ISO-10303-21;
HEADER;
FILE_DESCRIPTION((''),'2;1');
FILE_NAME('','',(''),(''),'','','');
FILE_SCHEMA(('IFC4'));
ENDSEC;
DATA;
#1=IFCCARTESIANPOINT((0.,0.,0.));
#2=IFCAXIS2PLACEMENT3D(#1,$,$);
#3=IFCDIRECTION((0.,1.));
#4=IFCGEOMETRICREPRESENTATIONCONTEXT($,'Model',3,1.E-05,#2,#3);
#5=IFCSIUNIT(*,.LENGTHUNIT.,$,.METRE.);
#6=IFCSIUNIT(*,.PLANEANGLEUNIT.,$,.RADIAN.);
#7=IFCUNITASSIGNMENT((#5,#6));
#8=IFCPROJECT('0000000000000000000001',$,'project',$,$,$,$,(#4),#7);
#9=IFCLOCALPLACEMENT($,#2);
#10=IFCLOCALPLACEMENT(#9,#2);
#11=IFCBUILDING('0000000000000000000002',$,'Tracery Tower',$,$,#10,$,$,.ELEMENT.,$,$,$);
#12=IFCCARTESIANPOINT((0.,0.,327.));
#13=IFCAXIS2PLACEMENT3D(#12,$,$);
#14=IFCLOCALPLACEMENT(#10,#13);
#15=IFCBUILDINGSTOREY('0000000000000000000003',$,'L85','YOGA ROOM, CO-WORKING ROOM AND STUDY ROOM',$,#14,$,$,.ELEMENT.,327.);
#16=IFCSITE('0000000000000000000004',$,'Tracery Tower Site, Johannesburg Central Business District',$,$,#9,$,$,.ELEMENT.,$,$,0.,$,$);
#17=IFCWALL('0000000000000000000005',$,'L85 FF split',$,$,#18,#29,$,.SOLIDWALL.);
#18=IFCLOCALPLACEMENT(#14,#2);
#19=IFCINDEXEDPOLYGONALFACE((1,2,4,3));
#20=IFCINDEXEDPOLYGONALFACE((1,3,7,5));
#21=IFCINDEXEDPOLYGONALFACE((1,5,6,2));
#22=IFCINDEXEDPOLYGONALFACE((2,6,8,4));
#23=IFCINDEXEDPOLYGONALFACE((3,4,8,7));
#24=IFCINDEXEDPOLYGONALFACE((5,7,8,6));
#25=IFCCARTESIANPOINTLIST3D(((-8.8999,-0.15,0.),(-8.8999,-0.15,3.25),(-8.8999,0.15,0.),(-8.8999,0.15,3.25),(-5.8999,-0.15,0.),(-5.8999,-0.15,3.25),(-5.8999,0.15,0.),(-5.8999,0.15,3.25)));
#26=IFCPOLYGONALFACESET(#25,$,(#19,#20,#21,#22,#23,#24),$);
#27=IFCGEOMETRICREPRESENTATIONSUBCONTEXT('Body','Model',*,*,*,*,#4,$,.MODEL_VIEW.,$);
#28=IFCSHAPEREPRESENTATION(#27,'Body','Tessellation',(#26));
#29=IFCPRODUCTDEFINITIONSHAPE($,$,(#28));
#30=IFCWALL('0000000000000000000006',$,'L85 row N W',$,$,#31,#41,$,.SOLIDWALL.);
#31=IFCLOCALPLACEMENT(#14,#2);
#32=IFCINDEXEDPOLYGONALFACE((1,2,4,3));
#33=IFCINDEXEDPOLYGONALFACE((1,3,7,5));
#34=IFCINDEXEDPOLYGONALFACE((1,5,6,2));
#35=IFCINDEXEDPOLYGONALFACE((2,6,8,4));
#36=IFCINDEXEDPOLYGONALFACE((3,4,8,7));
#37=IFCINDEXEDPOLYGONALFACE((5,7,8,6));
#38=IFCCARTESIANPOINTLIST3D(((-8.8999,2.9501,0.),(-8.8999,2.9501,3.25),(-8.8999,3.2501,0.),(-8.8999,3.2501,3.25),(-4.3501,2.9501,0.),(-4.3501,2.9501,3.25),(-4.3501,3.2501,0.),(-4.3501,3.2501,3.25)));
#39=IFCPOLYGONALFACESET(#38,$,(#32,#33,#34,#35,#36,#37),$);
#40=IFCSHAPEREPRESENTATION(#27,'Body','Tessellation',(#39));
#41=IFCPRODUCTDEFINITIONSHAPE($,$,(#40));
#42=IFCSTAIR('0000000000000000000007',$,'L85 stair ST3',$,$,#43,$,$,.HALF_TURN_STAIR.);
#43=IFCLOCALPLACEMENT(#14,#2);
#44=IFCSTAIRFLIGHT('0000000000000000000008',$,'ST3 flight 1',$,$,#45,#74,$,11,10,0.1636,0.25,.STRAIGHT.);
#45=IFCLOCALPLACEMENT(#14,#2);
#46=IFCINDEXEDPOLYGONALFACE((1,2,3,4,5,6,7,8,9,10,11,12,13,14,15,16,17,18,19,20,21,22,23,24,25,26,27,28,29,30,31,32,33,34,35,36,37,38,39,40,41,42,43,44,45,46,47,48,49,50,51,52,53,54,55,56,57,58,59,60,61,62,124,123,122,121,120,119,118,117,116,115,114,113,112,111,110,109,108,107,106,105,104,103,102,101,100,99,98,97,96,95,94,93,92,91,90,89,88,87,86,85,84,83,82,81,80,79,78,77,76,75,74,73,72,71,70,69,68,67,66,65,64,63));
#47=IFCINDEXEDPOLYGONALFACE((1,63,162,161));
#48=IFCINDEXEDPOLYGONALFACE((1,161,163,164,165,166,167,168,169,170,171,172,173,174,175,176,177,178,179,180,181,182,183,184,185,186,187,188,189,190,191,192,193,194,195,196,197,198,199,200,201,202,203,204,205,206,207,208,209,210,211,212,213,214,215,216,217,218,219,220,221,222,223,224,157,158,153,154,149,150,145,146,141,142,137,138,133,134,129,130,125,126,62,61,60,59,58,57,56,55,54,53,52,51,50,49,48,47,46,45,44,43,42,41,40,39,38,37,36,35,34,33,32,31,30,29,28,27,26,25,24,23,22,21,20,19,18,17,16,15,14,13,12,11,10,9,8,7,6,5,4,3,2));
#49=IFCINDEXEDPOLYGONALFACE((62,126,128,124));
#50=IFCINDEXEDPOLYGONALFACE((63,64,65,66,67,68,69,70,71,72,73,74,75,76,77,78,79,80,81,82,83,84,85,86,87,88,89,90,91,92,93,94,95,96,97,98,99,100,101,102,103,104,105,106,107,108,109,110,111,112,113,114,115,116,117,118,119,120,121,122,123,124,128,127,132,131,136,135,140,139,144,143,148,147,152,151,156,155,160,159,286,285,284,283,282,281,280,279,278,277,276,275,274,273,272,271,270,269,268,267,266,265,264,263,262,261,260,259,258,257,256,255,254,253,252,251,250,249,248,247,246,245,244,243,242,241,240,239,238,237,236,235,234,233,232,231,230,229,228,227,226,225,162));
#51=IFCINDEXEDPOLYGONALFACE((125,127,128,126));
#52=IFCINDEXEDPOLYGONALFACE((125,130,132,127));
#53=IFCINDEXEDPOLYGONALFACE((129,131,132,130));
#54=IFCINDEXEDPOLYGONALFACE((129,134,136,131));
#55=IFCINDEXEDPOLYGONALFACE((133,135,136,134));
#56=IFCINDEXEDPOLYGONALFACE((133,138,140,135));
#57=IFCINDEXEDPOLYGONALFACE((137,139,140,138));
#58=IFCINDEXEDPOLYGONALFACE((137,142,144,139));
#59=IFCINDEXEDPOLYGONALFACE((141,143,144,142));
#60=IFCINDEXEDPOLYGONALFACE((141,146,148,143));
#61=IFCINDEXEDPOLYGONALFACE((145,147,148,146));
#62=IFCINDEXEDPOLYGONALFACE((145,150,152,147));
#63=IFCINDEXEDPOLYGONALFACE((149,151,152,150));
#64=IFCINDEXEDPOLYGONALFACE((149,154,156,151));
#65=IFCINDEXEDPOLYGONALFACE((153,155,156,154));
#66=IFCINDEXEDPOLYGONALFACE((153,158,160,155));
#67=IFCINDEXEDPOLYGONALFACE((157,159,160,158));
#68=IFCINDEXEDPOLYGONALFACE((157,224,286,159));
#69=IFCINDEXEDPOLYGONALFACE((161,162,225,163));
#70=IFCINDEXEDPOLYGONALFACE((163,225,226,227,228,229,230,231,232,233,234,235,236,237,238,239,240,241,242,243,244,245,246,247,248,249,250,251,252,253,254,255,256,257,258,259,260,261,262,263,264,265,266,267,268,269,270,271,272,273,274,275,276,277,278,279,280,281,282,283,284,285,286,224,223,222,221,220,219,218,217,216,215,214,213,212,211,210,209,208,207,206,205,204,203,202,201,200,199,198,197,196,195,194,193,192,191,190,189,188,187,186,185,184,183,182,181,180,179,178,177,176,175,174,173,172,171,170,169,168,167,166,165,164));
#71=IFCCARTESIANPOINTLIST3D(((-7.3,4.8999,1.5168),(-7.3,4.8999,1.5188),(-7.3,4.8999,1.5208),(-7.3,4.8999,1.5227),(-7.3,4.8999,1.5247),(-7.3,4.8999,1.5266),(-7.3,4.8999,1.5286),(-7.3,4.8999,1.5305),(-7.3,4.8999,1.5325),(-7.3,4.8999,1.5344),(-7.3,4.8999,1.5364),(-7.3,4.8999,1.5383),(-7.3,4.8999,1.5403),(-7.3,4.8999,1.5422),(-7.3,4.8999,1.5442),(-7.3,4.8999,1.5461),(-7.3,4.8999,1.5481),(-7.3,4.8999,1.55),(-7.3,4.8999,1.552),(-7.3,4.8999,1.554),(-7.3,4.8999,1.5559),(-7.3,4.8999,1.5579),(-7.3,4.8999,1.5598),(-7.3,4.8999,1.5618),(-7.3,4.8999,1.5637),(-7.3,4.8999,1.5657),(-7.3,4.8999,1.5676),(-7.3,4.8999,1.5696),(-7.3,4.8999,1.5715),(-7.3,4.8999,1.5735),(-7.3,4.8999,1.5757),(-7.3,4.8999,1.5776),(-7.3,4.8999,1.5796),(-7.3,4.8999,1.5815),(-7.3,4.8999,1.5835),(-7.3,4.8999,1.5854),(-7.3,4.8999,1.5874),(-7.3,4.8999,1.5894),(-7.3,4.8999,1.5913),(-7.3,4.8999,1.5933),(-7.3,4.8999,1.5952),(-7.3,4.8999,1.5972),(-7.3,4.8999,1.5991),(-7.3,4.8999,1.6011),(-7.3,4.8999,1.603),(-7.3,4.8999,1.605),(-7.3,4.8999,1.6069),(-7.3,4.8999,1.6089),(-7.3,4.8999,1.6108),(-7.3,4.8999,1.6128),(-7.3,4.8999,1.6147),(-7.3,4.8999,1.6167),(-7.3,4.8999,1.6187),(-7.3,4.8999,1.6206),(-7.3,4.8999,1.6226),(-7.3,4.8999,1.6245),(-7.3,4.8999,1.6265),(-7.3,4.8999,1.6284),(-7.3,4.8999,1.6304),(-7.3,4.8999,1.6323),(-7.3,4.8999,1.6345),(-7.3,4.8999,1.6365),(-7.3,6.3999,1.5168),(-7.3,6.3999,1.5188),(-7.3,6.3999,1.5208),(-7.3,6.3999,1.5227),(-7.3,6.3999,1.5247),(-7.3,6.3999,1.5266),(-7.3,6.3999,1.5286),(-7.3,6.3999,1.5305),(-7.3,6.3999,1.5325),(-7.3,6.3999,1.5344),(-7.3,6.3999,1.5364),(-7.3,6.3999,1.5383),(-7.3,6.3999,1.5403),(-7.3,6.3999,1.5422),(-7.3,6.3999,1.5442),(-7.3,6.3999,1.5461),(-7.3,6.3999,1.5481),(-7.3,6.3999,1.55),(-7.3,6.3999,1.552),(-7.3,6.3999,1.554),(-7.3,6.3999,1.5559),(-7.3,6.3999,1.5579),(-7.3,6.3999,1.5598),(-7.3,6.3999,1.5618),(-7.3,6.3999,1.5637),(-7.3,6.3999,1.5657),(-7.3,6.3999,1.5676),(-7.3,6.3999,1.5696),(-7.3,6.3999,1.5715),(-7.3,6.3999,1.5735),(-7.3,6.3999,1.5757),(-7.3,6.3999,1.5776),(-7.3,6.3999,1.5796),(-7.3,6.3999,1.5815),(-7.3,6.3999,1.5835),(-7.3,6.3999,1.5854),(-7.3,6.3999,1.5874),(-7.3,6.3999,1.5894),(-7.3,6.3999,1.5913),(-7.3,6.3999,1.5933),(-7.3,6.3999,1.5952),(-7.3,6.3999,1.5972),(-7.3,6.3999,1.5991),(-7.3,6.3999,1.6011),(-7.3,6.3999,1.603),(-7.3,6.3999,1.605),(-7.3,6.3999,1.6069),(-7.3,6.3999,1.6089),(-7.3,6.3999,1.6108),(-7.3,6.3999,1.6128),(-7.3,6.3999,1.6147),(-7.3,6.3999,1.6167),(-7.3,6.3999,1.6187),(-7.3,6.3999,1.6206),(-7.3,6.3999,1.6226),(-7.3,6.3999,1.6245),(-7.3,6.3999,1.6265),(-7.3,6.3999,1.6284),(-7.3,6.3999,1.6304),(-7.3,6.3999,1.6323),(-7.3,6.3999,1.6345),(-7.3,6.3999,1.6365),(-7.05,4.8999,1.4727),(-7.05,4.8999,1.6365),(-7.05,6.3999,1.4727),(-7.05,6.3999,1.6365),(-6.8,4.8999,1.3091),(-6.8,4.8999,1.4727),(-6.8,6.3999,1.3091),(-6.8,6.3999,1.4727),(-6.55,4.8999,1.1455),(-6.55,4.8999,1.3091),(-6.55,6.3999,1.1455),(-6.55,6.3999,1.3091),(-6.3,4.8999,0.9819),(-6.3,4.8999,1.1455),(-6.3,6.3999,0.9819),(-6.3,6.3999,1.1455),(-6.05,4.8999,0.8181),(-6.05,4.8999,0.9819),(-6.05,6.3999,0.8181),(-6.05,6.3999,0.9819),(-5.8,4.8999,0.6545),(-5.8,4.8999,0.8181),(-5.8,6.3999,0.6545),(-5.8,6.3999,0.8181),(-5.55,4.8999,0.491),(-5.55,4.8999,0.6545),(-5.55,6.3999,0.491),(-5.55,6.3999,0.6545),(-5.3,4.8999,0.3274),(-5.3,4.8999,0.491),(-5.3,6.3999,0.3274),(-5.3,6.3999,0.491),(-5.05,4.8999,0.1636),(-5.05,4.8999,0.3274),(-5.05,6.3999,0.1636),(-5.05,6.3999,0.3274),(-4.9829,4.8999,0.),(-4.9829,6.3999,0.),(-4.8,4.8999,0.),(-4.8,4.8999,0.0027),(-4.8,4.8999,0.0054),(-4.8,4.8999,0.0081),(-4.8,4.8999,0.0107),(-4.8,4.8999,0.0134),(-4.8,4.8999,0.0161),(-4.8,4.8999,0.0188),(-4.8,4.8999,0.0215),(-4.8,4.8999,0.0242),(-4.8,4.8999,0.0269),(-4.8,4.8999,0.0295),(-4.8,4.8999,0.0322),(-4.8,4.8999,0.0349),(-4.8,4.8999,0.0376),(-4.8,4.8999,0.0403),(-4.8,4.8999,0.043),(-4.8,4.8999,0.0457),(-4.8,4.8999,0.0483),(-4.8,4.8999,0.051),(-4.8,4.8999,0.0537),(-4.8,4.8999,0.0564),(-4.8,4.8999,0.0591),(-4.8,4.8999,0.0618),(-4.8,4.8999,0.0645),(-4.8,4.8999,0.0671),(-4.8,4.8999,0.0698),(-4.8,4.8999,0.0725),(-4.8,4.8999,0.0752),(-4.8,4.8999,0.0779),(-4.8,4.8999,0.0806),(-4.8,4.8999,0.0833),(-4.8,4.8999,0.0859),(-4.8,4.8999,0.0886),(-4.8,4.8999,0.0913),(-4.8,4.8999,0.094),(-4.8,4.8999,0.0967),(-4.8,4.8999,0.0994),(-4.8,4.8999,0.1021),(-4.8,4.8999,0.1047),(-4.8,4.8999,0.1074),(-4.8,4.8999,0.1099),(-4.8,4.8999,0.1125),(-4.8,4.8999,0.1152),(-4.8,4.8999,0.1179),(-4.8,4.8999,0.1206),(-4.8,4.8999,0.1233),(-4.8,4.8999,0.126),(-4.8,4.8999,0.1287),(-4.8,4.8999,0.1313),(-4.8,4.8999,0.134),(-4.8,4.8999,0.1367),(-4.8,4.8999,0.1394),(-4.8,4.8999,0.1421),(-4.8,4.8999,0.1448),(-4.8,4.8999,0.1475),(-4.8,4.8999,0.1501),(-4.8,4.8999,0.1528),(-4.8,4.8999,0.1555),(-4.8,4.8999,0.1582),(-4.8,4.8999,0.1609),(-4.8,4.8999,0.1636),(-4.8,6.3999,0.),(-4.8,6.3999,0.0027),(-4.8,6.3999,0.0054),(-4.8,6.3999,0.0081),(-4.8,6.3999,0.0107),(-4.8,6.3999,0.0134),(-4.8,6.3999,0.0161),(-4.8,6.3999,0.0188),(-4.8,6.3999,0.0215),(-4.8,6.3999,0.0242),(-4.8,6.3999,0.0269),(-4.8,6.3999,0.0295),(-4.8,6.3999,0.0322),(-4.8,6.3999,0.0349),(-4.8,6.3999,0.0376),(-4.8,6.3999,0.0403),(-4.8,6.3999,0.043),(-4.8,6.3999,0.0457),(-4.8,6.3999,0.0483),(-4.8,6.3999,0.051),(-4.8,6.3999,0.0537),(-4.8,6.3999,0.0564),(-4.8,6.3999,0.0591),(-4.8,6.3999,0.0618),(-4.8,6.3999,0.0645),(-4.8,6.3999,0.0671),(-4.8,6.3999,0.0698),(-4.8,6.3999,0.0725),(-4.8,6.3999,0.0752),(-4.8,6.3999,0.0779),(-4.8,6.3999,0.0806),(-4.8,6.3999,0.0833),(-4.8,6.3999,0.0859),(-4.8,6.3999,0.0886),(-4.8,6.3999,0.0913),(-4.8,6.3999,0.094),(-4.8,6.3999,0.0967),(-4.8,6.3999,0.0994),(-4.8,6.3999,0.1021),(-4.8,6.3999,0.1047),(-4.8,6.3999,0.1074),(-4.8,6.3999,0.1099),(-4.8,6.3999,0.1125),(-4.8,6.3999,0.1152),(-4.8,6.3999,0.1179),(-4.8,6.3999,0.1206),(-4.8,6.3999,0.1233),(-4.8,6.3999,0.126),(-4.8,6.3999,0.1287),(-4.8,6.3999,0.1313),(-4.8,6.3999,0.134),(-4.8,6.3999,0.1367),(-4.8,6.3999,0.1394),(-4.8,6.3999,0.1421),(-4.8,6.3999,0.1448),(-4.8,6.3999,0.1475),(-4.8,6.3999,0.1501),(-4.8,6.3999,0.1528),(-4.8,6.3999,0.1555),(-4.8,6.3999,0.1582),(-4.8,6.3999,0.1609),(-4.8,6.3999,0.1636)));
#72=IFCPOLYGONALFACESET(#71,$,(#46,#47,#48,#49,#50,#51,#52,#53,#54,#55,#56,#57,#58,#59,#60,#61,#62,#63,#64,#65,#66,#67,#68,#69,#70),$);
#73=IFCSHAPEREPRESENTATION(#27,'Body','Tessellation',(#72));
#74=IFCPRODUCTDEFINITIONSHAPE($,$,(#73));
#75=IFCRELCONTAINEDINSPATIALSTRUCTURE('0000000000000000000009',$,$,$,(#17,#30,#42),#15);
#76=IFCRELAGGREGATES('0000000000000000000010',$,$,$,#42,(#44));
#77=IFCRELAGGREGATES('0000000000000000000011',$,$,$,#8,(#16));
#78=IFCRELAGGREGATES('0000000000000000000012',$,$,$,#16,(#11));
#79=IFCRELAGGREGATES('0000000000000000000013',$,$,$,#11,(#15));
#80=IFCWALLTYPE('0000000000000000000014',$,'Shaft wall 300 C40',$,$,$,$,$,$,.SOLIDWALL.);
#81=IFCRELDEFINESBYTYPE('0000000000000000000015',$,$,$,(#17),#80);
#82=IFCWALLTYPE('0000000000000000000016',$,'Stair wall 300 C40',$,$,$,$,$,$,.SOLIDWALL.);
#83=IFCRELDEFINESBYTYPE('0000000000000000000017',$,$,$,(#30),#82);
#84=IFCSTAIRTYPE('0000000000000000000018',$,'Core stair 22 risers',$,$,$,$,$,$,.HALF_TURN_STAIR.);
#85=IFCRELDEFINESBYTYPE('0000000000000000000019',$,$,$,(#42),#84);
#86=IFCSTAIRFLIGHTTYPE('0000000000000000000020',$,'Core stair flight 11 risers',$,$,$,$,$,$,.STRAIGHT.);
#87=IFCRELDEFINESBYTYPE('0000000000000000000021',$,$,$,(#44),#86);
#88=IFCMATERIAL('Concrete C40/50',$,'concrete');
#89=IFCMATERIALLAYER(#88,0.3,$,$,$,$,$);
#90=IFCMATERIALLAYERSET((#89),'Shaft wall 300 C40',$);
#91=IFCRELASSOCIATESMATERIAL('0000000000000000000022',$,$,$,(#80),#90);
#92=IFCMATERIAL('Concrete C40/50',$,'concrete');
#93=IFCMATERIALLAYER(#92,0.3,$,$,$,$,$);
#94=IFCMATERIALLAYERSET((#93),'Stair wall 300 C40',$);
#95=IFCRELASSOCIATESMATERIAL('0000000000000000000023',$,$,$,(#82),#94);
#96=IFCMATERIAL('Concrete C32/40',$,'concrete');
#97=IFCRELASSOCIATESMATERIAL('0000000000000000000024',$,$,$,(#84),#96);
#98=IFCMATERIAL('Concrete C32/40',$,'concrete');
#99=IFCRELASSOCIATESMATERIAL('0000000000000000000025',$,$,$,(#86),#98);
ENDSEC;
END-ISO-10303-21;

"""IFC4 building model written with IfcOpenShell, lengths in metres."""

from ifc_helpers import new_model, si_unit, direction, frame, frame_2d, origin, place, context, subcontext, project, spatial, polyline, rectangle, outline, extrude, material, layer, layer_set, type_object, element, aggregate, save


model = new_model("IFC4")

# Units and contexts
model_context = context("Model", 3, precision=1e-05, world=origin(), true_north=direction((0.0, 1.0)))
body_context = subcontext(model_context, "Body", "Model", "MODEL_VIEW")
ifc_project = project(units=[si_unit("LENGTHUNIT", "METRE"), si_unit("PLANEANGLEUNIT", "RADIAN")], contexts=[model_context])

# Site, building, storey
site_placement = place(None, origin())
site = spatial("IfcSite", under=ifc_project, at=site_placement, Name="Tracery Tower Site, Johannesburg Central Business District", CompositionType="ELEMENT", RefElevation=0.0)
building_placement = place(site_placement, origin())
building = spatial("IfcBuilding", under=site, at=building_placement, Name="Tracery Tower", CompositionType="ELEMENT")
storey_placement = place(building_placement, frame((0.0, 0.0, 327.0)))
storey = spatial("IfcBuildingStorey", under=building, at=storey_placement, Name="L85", Description="YOGA ROOM, CO-WORKING ROOM AND STUDY ROOM", CompositionType="ELEMENT", Elevation=327.0)

# Walls
ifc_material_1 = material(Name="Concrete C40/50", Category="concrete")
ifc_layer_1 = layer(ifc_material_1, 0.3)
ifc_layer_set_1 = layer_set([ifc_layer_1], Name="Shaft wall 300 C40")
wall_type_1 = type_object("IfcWallType", Name="Shaft wall 300 C40", PredefinedType="SOLIDWALL", material=ifc_layer_set_1)
wall_1_placement = place(storey_placement, frame((-8.8999, 0.0, 0.0), z_axis=(0.0, 0.0, 1.0), x_axis=(1.0, 0.0, 0.0)))
element("IfcWall", 1, at=wall_1_placement, inside=storey, type_object=wall_type_1, Name="L85 FF split", PredefinedType="SOLIDWALL", context=body_context, shape_type="SweptSolid", body=[
    extrude(rectangle(XDim=3.0, YDim=0.3, at=frame_2d((1.5, 0.0))), origin(), (0.0, 0.0, 1.0), 3.25),
])
ifc_material_2 = material(Name="Concrete C40/50", Category="concrete")
ifc_layer_2 = layer(ifc_material_2, 0.3)
ifc_layer_set_2 = layer_set([ifc_layer_2], Name="Stair wall 300 C40")
wall_type_2 = type_object("IfcWallType", Name="Stair wall 300 C40", PredefinedType="SOLIDWALL", material=ifc_layer_set_2)
wall_2_placement = place(storey_placement, frame((-8.8999, 3.1001, 0.0), z_axis=(0.0, 0.0, 1.0), x_axis=(1.0, 0.0, 0.0)))
element("IfcWall", 2, at=wall_2_placement, inside=storey, type_object=wall_type_2, Name="L85 row N W", PredefinedType="SOLIDWALL", context=body_context, shape_type="SweptSolid", body=[
    extrude(rectangle(XDim=4.5498, YDim=0.3, at=frame_2d((2.2749, 0.0))), origin(), (0.0, 0.0, 1.0), 3.25),
])

# Stair, stair flight
ifc_material_3 = material(Name="Concrete C32/40", Category="concrete")
stair_type = type_object("IfcStairType", Name="Core stair 22 risers", PredefinedType="HALF_TURN_STAIR", material=ifc_material_3)
stair_placement = place(storey_placement, origin())
stair = element("IfcStair", 3, at=stair_placement, inside=storey, type_object=stair_type, Name="L85 stair ST3", PredefinedType="HALF_TURN_STAIR")
ifc_material_4 = material(Name="Concrete C32/40", Category="concrete")
stair_flight_type = type_object("IfcStairFlightType", Name="Core stair flight 11 risers", PredefinedType="STRAIGHT", material=ifc_material_4)
stair_flight_1_placement = place(storey_placement, frame((-4.8, 5.6499, 0.0), z_axis=(0.0, 0.0, 1.0), x_axis=(-1.0, 0.0, 0.0)))
stair_flight_1 = element("IfcStairFlight", 4, at=stair_flight_1_placement, type_object=stair_flight_type, Name="ST3 flight 1", NumberOfRisers=11, NumberOfTreads=10, PredefinedType="STRAIGHT", RiserHeight=0.1636, TreadLength=0.25, context=body_context, shape_type="SweptSolid", body=[
    extrude(outline(polyline([(0.0, 0.0), (0.0, 0.0027), (0.0, 0.0054), (0.0, 0.0081), (0.0, 0.0107), (0.0, 0.0134), (0.0, 0.0161), (0.0, 0.0188), (0.0, 0.0215), (0.0, 0.0242), (0.0, 0.0269), (0.0, 0.0295), (0.0, 0.0322), (0.0, 0.0349), (0.0, 0.0376), (0.0, 0.0403), (0.0, 0.043), (0.0, 0.0457), (0.0, 0.0483), (0.0, 0.051), (0.0, 0.0537), (0.0, 0.0564), (0.0, 0.0591), (0.0, 0.0618), (0.0, 0.0645), (0.0, 0.0671), (0.0, 0.0698), (0.0, 0.0725), (0.0, 0.0752), (0.0, 0.0779), (0.0, 0.0806), (0.0, 0.0833), (0.0, 0.0859), (0.0, 0.0886), (0.0, 0.0913), (0.0, 0.094), (0.0, 0.0967), (0.0, 0.0994), (0.0, 0.1021), (0.0, 0.1047), (0.0, 0.1074), (0.0, 0.1099), (0.0, 0.1125), (0.0, 0.1152), (0.0, 0.1179), (0.0, 0.1206), (0.0, 0.1233), (0.0, 0.126), (0.0, 0.1287), (0.0, 0.1313), (0.0, 0.134), (0.0, 0.1367), (0.0, 0.1394), (0.0, 0.1421), (0.0, 0.1448), (0.0, 0.1475), (0.0, 0.1501), (0.0, 0.1528), (0.0, 0.1555), (0.0, 0.1582), (0.0, 0.1609), (0.0, 0.1636), (0.25, 0.1636), (0.25, 0.3274), (0.5, 0.3274), (0.5, 0.491), (0.75, 0.491), (0.75, 0.6545), (1.0, 0.6545), (1.0, 0.8181), (1.25, 0.8181), (1.25, 0.9819), (1.5, 0.9819), (1.5, 1.1455), (1.75, 1.1455), (1.75, 1.3091), (2.0, 1.3091), (2.0, 1.4727), (2.25, 1.4727), (2.25, 1.6365), (2.5, 1.6365), (2.5, 1.6345), (2.5, 1.6323), (2.5, 1.6304), (2.5, 1.6284), (2.5, 1.6265), (2.5, 1.6245), (2.5, 1.6226), (2.5, 1.6206), (2.5, 1.6187), (2.5, 1.6167), (2.5, 1.6147), (2.5, 1.6128), (2.5, 1.6108), (2.5, 1.6089), (2.5, 1.6069), (2.5, 1.605), (2.5, 1.603), (2.5, 1.6011), (2.5, 1.5991), (2.5, 1.5972), (2.5, 1.5952), (2.5, 1.5933), (2.5, 1.5913), (2.5, 1.5894), (2.5, 1.5874), (2.5, 1.5854), (2.5, 1.5835), (2.5, 1.5815), (2.5, 1.5796), (2.5, 1.5776), (2.5, 1.5757), (2.5, 1.5735), (2.5, 1.5715), (2.5, 1.5696), (2.5, 1.5676), (2.5, 1.5657), (2.5, 1.5637), (2.5, 1.5618), (2.5, 1.5598), (2.5, 1.5579), (2.5, 1.5559), (2.5, 1.554), (2.5, 1.552), (2.5, 1.55), (2.5, 1.5481), (2.5, 1.5461), (2.5, 1.5442), (2.5, 1.5422), (2.5, 1.5403), (2.5, 1.5383), (2.5, 1.5364), (2.5, 1.5344), (2.5, 1.5325), (2.5, 1.5305), (2.5, 1.5286), (2.5, 1.5266), (2.5, 1.5247), (2.5, 1.5227), (2.5, 1.5208), (2.5, 1.5188), (2.5, 1.5168), (0.1829, 0.0), (0.0, 0.0)])), frame((0.0, 0.75, 0.0), z_axis=(0.0, -1.0, 0.0), x_axis=(1.0, 0.0, 0.0)), (0.0, 0.0, 1.0), 1.5),
])
aggregate(stair, [stair_flight_1])

save(model, "model.ifc")
